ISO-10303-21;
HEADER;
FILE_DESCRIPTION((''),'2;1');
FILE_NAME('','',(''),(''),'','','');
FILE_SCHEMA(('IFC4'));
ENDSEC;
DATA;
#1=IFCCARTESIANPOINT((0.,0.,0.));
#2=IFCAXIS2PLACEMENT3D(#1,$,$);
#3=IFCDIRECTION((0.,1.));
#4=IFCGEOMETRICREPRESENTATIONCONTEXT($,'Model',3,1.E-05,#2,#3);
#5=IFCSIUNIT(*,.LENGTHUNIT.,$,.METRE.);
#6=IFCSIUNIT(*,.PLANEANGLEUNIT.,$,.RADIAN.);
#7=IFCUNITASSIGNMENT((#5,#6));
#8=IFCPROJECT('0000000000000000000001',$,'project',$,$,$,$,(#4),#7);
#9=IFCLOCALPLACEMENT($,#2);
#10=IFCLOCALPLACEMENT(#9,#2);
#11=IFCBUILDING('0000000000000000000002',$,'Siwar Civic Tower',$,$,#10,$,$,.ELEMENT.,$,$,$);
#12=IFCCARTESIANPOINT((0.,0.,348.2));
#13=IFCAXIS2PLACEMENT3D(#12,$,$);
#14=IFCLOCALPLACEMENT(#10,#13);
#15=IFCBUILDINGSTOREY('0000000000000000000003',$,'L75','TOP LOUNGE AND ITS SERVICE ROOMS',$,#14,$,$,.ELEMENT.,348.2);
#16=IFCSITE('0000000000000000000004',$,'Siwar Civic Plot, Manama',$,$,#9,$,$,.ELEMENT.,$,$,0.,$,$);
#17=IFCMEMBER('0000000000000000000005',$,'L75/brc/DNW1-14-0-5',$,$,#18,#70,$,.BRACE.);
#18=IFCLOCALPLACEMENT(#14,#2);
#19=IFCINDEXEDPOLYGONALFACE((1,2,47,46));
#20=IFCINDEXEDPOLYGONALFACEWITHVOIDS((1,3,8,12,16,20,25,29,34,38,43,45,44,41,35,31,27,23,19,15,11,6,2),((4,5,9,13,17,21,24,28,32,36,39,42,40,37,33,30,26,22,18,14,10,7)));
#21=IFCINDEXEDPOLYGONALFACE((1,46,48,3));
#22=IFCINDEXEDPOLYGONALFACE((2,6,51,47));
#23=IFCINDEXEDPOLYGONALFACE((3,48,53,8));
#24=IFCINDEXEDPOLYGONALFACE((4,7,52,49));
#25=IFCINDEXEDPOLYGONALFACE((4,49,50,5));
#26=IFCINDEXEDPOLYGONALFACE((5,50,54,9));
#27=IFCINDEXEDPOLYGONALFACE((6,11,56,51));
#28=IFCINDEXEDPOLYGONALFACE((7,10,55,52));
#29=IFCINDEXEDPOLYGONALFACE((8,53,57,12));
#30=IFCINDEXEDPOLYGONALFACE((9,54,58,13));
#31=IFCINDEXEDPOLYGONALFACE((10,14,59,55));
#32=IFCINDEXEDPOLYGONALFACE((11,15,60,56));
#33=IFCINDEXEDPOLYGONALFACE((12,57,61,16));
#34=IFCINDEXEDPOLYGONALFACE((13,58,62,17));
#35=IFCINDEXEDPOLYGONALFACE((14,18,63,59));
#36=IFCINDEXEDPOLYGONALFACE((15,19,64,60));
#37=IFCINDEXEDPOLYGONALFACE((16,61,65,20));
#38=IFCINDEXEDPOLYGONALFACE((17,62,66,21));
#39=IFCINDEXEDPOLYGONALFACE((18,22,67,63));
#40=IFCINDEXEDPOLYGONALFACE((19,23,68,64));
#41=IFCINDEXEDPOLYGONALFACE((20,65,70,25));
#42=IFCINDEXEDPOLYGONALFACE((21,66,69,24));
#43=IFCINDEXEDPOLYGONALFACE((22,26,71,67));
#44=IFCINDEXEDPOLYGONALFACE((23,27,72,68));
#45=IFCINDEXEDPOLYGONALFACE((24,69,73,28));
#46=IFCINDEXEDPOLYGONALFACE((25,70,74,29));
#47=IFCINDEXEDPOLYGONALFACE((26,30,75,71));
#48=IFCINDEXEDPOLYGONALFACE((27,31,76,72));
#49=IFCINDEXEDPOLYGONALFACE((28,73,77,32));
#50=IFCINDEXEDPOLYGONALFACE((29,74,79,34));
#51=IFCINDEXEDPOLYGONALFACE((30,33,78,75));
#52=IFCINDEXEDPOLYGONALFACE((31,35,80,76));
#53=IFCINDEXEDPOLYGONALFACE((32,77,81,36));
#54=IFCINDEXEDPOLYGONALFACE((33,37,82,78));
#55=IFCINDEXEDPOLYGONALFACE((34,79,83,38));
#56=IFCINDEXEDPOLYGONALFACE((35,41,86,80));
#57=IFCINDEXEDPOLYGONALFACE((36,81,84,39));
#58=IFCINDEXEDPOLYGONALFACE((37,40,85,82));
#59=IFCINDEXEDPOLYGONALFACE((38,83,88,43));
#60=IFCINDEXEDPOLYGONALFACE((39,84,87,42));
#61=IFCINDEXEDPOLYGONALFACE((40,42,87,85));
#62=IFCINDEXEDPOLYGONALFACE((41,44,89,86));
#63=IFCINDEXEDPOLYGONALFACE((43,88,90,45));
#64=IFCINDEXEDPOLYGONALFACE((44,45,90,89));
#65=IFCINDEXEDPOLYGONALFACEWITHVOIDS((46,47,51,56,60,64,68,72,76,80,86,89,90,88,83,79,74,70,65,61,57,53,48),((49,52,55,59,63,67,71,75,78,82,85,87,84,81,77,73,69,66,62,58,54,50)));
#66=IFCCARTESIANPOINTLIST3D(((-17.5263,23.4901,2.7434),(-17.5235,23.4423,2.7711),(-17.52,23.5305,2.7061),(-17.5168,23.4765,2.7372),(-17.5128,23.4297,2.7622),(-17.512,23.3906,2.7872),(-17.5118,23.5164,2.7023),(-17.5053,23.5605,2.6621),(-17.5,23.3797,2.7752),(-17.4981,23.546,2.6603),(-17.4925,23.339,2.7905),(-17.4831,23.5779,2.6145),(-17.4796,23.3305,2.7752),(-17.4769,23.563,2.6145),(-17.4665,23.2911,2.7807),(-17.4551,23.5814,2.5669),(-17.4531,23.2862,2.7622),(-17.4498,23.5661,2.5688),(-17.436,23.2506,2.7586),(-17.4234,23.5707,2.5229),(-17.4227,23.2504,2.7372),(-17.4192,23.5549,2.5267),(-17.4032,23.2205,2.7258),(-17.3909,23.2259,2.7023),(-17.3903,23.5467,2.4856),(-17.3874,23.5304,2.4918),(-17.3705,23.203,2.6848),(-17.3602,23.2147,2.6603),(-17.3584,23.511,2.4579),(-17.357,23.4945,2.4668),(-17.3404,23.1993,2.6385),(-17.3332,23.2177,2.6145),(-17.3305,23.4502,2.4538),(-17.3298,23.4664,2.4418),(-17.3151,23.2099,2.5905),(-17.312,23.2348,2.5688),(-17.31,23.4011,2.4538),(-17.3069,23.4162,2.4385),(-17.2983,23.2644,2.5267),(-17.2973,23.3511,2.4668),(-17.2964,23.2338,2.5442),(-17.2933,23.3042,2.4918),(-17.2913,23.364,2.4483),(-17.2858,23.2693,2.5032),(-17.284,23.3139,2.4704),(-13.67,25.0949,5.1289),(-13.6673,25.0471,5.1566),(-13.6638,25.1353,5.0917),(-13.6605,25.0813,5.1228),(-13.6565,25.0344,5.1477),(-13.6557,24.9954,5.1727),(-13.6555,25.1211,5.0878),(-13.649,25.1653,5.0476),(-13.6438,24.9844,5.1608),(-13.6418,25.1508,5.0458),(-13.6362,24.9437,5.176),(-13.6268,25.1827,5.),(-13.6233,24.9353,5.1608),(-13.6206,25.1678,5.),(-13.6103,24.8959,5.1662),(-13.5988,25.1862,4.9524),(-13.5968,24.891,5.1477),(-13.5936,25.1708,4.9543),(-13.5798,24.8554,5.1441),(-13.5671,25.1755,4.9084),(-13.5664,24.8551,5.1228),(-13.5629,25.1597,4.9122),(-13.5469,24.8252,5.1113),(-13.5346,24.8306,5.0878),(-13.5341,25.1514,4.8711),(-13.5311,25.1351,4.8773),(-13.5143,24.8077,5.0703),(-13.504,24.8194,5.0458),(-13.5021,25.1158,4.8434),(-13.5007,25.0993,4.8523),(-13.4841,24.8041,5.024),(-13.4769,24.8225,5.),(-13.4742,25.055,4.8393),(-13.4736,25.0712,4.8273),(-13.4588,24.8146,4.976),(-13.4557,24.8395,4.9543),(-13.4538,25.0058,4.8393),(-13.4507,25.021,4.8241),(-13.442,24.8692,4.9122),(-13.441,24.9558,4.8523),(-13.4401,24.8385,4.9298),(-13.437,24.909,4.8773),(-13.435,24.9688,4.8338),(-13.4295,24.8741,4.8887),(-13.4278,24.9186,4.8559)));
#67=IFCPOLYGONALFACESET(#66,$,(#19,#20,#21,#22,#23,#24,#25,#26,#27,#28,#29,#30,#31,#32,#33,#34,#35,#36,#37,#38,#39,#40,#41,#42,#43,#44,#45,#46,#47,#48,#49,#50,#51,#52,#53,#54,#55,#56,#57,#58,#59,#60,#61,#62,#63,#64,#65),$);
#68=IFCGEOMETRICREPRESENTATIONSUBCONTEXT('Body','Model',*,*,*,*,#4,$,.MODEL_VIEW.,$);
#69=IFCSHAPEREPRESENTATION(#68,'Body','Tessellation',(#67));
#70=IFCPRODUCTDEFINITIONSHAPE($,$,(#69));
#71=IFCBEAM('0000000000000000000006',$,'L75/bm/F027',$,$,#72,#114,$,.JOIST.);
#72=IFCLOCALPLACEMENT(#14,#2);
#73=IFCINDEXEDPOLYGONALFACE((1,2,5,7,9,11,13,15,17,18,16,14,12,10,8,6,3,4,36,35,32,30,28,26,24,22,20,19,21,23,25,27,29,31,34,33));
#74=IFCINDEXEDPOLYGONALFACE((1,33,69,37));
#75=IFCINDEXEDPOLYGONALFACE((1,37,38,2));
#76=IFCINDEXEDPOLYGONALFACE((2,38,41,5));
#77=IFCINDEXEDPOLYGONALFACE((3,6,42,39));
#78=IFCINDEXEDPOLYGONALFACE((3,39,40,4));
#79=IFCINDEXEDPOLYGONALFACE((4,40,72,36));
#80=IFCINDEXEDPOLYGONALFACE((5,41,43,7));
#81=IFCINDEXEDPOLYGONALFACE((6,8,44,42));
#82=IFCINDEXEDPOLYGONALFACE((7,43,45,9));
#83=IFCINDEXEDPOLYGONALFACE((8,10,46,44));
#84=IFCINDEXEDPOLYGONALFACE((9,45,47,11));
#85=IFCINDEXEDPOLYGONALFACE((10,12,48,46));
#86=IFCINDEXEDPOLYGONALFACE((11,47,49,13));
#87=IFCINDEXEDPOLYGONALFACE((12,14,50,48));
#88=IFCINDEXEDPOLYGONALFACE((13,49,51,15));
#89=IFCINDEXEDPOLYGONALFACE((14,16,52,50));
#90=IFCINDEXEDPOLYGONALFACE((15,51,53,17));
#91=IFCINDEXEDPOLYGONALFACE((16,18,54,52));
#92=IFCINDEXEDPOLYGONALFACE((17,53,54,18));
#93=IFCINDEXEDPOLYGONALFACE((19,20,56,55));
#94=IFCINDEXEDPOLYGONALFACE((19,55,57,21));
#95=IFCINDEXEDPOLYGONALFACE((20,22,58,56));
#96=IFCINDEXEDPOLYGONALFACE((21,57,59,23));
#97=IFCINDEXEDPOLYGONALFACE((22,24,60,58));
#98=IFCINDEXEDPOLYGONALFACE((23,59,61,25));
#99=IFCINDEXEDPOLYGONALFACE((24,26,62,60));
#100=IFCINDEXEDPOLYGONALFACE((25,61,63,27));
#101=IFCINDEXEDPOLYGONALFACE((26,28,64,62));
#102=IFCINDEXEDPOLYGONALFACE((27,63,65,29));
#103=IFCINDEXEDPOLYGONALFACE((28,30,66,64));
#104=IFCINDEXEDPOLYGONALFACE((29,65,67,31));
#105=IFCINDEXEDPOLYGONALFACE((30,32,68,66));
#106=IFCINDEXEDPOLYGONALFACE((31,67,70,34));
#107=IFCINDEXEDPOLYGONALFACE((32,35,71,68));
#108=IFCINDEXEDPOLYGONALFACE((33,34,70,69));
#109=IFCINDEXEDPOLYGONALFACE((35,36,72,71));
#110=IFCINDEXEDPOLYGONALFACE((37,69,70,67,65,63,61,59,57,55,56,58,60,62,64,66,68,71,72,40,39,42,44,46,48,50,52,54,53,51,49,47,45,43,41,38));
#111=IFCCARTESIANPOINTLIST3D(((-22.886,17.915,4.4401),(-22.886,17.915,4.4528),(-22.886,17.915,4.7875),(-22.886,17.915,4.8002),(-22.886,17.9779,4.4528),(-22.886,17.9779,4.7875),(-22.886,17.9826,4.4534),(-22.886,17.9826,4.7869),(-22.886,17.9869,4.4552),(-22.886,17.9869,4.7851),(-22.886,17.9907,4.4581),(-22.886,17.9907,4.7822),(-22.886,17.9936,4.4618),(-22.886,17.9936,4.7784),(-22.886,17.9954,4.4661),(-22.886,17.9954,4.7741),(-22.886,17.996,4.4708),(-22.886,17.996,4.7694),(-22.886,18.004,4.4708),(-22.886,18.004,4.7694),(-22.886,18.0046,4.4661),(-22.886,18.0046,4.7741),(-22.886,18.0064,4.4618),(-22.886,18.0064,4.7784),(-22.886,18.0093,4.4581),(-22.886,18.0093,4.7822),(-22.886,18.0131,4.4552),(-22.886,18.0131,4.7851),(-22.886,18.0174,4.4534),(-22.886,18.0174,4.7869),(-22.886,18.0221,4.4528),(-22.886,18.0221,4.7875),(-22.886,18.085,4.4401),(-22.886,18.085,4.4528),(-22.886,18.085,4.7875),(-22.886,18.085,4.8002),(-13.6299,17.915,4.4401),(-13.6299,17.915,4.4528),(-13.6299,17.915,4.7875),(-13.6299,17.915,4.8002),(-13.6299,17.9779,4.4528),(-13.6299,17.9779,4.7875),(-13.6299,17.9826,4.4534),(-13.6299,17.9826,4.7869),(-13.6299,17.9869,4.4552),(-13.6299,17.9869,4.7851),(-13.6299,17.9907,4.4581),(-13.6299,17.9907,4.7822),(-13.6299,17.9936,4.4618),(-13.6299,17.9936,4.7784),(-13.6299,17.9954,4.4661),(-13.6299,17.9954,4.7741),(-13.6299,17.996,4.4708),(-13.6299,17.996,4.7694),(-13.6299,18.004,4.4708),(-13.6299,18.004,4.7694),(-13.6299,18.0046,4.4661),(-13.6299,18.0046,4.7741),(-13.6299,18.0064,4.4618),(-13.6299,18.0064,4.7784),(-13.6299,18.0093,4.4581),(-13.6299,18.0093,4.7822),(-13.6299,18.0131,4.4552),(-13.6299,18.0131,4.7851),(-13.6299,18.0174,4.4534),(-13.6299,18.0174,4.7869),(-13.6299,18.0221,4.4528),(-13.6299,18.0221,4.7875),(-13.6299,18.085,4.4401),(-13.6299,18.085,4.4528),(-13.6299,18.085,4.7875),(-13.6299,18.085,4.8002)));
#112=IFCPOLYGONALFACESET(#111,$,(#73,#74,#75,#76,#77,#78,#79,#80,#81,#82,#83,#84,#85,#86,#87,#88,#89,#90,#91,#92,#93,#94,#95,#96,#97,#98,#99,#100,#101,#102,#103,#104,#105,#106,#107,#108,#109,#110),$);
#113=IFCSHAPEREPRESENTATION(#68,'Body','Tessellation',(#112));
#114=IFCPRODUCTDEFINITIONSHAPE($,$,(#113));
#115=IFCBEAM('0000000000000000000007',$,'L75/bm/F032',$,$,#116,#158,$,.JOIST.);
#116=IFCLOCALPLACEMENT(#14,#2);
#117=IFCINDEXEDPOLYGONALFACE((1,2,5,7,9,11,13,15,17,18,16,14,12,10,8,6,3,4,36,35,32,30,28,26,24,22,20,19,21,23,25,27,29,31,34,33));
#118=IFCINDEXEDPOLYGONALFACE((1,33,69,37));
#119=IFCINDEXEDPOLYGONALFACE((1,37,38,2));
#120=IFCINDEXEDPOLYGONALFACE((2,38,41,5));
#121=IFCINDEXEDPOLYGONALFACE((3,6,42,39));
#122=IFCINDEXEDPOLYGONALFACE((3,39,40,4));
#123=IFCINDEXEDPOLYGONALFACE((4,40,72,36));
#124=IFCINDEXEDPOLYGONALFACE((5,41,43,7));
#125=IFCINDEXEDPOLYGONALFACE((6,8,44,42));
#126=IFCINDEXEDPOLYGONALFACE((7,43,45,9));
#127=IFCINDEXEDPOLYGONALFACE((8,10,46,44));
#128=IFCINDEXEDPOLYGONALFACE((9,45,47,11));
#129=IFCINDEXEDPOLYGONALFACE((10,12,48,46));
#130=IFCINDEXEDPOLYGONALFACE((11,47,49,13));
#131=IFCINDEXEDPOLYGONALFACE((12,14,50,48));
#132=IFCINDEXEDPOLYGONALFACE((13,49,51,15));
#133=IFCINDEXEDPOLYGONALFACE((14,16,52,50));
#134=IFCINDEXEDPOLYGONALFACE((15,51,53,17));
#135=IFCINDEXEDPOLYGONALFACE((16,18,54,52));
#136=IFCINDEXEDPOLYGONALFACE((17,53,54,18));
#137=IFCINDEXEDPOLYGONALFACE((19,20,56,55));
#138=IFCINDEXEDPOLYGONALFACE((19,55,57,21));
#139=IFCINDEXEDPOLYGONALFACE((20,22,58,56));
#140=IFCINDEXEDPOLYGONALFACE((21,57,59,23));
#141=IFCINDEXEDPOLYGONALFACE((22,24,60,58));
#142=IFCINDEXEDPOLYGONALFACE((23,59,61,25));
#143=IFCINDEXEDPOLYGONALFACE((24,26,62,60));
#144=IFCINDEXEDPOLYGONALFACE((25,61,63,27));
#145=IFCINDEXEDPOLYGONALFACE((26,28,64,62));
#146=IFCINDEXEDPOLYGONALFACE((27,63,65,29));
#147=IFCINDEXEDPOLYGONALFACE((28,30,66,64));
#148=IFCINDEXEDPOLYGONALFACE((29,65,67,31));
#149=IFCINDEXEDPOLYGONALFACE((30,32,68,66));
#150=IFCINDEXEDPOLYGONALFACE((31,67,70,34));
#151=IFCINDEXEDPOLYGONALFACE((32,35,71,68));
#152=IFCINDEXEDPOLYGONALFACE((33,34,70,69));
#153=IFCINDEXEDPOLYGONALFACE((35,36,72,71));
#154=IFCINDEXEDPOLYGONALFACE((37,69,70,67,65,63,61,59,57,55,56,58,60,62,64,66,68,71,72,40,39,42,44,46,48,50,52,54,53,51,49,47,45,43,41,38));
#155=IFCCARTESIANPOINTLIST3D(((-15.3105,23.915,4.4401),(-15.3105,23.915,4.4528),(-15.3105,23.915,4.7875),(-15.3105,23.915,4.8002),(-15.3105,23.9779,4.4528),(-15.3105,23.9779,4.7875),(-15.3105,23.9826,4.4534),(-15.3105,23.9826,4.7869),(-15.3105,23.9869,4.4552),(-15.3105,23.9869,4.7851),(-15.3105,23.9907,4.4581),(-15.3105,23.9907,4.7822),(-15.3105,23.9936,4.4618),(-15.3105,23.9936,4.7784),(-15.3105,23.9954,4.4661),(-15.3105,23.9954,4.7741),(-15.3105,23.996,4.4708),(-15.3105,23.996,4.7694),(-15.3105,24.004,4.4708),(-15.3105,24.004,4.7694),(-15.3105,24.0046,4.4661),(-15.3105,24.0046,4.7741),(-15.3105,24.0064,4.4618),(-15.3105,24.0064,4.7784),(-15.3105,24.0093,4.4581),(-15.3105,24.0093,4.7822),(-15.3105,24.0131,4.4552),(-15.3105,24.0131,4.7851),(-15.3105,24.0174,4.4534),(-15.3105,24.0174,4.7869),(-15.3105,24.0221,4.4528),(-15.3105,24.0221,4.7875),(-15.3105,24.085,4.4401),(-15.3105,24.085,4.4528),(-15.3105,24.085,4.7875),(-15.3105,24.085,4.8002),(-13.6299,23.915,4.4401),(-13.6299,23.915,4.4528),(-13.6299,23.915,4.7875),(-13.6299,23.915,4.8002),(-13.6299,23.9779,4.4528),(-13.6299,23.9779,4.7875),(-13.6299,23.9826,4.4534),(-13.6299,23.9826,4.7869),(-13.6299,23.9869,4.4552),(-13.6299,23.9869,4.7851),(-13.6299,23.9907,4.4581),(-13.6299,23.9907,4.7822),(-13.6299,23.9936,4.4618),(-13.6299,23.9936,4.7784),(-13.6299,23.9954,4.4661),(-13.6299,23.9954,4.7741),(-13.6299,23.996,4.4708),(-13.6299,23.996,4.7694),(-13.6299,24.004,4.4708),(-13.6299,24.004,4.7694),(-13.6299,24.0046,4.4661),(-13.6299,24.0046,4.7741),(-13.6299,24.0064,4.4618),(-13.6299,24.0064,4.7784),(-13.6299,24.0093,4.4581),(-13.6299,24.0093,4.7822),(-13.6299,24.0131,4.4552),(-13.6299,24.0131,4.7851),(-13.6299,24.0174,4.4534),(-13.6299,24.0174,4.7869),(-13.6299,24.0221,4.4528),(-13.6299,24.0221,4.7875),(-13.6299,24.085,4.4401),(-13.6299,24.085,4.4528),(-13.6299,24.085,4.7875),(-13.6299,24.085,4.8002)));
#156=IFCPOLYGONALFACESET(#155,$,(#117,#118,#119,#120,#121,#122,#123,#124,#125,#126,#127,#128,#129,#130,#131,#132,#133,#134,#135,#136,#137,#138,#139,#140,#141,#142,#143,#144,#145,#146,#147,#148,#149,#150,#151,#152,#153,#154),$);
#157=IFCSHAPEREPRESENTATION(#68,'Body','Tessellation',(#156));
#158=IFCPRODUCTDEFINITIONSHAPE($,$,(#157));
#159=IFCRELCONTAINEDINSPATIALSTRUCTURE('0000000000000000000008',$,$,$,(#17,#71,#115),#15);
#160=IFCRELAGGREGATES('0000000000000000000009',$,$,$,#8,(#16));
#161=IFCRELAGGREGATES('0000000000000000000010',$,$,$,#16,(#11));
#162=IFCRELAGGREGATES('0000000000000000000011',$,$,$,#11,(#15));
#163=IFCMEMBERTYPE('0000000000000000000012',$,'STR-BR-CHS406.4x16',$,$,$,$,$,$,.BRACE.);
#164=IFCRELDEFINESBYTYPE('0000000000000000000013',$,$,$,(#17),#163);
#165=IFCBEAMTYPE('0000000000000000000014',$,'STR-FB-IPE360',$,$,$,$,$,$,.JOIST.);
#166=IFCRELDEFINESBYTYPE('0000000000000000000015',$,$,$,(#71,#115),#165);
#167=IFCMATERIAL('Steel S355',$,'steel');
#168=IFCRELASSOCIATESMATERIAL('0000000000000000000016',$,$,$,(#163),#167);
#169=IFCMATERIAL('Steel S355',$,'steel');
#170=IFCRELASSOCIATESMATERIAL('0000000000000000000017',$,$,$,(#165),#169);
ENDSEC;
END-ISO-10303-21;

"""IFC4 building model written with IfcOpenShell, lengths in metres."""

from ifc_helpers import new_model, si_unit, direction, frame, origin, origin_2d, place, context, subcontext, project, spatial, hollow_circle, i_section, extrude, material, material_profile, profile_set, type_object, element, save


model = new_model("IFC4")

# Units and contexts
model_context = context("Model", 3, precision=1e-05, world=origin(), true_north=direction((0.0, 1.0)))
body_context = subcontext(model_context, "Body", "Model", "MODEL_VIEW")
ifc_project = project(units=[si_unit("LENGTHUNIT", "METRE"), si_unit("PLANEANGLEUNIT", "RADIAN")], contexts=[model_context])

# Site, building, storey
site_placement = place(None, origin())
site = spatial("IfcSite", under=ifc_project, at=site_placement, Name="Siwar Civic Plot, Manama", CompositionType="ELEMENT", RefElevation=0.0)
building_placement = place(site_placement, origin())
building = spatial("IfcBuilding", under=site, at=building_placement, Name="Siwar Civic Tower", CompositionType="ELEMENT")
storey_placement = place(building_placement, frame((0.0, 0.0, 348.2)))
storey = spatial("IfcBuildingStorey", under=building, at=storey_placement, Name="L75", Description="TOP LOUNGE AND ITS SERVICE ROOMS", CompositionType="ELEMENT", Elevation=348.2)

# Member
ifc_material_1 = material(Name="Steel S355", Category="steel")
ifc_material_profile_1 = material_profile(ifc_material_1, hollow_circle(Radius=0.2031, WallThickness=0.0161, at=origin_2d()), Name="CHS406.4x16")
ifc_profile_set_1 = profile_set([ifc_material_profile_1], Name="Steel S355")
member_type_1 = type_object("IfcMemberType", Name="STR-BR-CHS406.4x16", PredefinedType="BRACE", material=ifc_profile_set_1)
for number, where, z_axis, x_axis, name in (
    (1, (-17.405, 23.3904, 2.6145), (0.801706, 0.333625, 0.495946), (-0.384204, 0.923248, 0.0), "L75/brc/DNW1-14-0-5"),
):
    element("IfcMember", number, at=place(storey_placement, frame(where, z_axis=z_axis, x_axis=x_axis)), inside=storey, type_object=member_type_1, Name=name, PredefinedType="BRACE", context=body_context, shape_type="SweptSolid", body=[
        extrude(hollow_circle(Radius=0.2031, WallThickness=0.0161, at=origin_2d()), origin(), (0.0, 0.0, 1.0), 4.8101),
    ])

# Beams
ifc_material_2 = material(Name="Steel S355", Category="steel")
ifc_material_profile_2 = material_profile(ifc_material_2, i_section(OverallWidth=0.1699, OverallDepth=0.3601, WebThickness=0.0081, FlangeThickness=0.0127, FilletRadius=0.0181, at=origin_2d()), Name="IPE360")
ifc_profile_set_2 = profile_set([ifc_material_profile_2], Name="Steel S355")
beam_type_1 = type_object("IfcBeamType", Name="STR-FB-IPE360", PredefinedType="JOIST", material=ifc_profile_set_2)
beam_1_placement = place(storey_placement, frame((-22.886, 18.0, 4.6201), z_axis=(1.0, 0.0, 0.0), x_axis=(0.0, 1.0, 0.0)))
element("IfcBeam", 2, at=beam_1_placement, inside=storey, type_object=beam_type_1, Name="L75/bm/F027", PredefinedType="JOIST", context=body_context, shape_type="SweptSolid", body=[
    extrude(i_section(OverallWidth=0.1699, OverallDepth=0.3601, WebThickness=0.0081, FlangeThickness=0.0127, FilletRadius=0.0181, at=origin_2d()), origin(), (0.0, 0.0, 1.0), 9.2561),
])
beam_2_placement = place(storey_placement, frame((-15.3105, 24.0, 4.6201), z_axis=(1.0, 0.0, 0.0), x_axis=(0.0, 1.0, 0.0)))
element("IfcBeam", 3, at=beam_2_placement, inside=storey, type_object=beam_type_1, Name="L75/bm/F032", PredefinedType="JOIST", context=body_context, shape_type="SweptSolid", body=[
    extrude(i_section(OverallWidth=0.1699, OverallDepth=0.3601, WebThickness=0.0081, FlangeThickness=0.0127, FilletRadius=0.0181, at=origin_2d()), origin(), (0.0, 0.0, 1.0), 1.6807),
])

save(model, "model.ifc")
